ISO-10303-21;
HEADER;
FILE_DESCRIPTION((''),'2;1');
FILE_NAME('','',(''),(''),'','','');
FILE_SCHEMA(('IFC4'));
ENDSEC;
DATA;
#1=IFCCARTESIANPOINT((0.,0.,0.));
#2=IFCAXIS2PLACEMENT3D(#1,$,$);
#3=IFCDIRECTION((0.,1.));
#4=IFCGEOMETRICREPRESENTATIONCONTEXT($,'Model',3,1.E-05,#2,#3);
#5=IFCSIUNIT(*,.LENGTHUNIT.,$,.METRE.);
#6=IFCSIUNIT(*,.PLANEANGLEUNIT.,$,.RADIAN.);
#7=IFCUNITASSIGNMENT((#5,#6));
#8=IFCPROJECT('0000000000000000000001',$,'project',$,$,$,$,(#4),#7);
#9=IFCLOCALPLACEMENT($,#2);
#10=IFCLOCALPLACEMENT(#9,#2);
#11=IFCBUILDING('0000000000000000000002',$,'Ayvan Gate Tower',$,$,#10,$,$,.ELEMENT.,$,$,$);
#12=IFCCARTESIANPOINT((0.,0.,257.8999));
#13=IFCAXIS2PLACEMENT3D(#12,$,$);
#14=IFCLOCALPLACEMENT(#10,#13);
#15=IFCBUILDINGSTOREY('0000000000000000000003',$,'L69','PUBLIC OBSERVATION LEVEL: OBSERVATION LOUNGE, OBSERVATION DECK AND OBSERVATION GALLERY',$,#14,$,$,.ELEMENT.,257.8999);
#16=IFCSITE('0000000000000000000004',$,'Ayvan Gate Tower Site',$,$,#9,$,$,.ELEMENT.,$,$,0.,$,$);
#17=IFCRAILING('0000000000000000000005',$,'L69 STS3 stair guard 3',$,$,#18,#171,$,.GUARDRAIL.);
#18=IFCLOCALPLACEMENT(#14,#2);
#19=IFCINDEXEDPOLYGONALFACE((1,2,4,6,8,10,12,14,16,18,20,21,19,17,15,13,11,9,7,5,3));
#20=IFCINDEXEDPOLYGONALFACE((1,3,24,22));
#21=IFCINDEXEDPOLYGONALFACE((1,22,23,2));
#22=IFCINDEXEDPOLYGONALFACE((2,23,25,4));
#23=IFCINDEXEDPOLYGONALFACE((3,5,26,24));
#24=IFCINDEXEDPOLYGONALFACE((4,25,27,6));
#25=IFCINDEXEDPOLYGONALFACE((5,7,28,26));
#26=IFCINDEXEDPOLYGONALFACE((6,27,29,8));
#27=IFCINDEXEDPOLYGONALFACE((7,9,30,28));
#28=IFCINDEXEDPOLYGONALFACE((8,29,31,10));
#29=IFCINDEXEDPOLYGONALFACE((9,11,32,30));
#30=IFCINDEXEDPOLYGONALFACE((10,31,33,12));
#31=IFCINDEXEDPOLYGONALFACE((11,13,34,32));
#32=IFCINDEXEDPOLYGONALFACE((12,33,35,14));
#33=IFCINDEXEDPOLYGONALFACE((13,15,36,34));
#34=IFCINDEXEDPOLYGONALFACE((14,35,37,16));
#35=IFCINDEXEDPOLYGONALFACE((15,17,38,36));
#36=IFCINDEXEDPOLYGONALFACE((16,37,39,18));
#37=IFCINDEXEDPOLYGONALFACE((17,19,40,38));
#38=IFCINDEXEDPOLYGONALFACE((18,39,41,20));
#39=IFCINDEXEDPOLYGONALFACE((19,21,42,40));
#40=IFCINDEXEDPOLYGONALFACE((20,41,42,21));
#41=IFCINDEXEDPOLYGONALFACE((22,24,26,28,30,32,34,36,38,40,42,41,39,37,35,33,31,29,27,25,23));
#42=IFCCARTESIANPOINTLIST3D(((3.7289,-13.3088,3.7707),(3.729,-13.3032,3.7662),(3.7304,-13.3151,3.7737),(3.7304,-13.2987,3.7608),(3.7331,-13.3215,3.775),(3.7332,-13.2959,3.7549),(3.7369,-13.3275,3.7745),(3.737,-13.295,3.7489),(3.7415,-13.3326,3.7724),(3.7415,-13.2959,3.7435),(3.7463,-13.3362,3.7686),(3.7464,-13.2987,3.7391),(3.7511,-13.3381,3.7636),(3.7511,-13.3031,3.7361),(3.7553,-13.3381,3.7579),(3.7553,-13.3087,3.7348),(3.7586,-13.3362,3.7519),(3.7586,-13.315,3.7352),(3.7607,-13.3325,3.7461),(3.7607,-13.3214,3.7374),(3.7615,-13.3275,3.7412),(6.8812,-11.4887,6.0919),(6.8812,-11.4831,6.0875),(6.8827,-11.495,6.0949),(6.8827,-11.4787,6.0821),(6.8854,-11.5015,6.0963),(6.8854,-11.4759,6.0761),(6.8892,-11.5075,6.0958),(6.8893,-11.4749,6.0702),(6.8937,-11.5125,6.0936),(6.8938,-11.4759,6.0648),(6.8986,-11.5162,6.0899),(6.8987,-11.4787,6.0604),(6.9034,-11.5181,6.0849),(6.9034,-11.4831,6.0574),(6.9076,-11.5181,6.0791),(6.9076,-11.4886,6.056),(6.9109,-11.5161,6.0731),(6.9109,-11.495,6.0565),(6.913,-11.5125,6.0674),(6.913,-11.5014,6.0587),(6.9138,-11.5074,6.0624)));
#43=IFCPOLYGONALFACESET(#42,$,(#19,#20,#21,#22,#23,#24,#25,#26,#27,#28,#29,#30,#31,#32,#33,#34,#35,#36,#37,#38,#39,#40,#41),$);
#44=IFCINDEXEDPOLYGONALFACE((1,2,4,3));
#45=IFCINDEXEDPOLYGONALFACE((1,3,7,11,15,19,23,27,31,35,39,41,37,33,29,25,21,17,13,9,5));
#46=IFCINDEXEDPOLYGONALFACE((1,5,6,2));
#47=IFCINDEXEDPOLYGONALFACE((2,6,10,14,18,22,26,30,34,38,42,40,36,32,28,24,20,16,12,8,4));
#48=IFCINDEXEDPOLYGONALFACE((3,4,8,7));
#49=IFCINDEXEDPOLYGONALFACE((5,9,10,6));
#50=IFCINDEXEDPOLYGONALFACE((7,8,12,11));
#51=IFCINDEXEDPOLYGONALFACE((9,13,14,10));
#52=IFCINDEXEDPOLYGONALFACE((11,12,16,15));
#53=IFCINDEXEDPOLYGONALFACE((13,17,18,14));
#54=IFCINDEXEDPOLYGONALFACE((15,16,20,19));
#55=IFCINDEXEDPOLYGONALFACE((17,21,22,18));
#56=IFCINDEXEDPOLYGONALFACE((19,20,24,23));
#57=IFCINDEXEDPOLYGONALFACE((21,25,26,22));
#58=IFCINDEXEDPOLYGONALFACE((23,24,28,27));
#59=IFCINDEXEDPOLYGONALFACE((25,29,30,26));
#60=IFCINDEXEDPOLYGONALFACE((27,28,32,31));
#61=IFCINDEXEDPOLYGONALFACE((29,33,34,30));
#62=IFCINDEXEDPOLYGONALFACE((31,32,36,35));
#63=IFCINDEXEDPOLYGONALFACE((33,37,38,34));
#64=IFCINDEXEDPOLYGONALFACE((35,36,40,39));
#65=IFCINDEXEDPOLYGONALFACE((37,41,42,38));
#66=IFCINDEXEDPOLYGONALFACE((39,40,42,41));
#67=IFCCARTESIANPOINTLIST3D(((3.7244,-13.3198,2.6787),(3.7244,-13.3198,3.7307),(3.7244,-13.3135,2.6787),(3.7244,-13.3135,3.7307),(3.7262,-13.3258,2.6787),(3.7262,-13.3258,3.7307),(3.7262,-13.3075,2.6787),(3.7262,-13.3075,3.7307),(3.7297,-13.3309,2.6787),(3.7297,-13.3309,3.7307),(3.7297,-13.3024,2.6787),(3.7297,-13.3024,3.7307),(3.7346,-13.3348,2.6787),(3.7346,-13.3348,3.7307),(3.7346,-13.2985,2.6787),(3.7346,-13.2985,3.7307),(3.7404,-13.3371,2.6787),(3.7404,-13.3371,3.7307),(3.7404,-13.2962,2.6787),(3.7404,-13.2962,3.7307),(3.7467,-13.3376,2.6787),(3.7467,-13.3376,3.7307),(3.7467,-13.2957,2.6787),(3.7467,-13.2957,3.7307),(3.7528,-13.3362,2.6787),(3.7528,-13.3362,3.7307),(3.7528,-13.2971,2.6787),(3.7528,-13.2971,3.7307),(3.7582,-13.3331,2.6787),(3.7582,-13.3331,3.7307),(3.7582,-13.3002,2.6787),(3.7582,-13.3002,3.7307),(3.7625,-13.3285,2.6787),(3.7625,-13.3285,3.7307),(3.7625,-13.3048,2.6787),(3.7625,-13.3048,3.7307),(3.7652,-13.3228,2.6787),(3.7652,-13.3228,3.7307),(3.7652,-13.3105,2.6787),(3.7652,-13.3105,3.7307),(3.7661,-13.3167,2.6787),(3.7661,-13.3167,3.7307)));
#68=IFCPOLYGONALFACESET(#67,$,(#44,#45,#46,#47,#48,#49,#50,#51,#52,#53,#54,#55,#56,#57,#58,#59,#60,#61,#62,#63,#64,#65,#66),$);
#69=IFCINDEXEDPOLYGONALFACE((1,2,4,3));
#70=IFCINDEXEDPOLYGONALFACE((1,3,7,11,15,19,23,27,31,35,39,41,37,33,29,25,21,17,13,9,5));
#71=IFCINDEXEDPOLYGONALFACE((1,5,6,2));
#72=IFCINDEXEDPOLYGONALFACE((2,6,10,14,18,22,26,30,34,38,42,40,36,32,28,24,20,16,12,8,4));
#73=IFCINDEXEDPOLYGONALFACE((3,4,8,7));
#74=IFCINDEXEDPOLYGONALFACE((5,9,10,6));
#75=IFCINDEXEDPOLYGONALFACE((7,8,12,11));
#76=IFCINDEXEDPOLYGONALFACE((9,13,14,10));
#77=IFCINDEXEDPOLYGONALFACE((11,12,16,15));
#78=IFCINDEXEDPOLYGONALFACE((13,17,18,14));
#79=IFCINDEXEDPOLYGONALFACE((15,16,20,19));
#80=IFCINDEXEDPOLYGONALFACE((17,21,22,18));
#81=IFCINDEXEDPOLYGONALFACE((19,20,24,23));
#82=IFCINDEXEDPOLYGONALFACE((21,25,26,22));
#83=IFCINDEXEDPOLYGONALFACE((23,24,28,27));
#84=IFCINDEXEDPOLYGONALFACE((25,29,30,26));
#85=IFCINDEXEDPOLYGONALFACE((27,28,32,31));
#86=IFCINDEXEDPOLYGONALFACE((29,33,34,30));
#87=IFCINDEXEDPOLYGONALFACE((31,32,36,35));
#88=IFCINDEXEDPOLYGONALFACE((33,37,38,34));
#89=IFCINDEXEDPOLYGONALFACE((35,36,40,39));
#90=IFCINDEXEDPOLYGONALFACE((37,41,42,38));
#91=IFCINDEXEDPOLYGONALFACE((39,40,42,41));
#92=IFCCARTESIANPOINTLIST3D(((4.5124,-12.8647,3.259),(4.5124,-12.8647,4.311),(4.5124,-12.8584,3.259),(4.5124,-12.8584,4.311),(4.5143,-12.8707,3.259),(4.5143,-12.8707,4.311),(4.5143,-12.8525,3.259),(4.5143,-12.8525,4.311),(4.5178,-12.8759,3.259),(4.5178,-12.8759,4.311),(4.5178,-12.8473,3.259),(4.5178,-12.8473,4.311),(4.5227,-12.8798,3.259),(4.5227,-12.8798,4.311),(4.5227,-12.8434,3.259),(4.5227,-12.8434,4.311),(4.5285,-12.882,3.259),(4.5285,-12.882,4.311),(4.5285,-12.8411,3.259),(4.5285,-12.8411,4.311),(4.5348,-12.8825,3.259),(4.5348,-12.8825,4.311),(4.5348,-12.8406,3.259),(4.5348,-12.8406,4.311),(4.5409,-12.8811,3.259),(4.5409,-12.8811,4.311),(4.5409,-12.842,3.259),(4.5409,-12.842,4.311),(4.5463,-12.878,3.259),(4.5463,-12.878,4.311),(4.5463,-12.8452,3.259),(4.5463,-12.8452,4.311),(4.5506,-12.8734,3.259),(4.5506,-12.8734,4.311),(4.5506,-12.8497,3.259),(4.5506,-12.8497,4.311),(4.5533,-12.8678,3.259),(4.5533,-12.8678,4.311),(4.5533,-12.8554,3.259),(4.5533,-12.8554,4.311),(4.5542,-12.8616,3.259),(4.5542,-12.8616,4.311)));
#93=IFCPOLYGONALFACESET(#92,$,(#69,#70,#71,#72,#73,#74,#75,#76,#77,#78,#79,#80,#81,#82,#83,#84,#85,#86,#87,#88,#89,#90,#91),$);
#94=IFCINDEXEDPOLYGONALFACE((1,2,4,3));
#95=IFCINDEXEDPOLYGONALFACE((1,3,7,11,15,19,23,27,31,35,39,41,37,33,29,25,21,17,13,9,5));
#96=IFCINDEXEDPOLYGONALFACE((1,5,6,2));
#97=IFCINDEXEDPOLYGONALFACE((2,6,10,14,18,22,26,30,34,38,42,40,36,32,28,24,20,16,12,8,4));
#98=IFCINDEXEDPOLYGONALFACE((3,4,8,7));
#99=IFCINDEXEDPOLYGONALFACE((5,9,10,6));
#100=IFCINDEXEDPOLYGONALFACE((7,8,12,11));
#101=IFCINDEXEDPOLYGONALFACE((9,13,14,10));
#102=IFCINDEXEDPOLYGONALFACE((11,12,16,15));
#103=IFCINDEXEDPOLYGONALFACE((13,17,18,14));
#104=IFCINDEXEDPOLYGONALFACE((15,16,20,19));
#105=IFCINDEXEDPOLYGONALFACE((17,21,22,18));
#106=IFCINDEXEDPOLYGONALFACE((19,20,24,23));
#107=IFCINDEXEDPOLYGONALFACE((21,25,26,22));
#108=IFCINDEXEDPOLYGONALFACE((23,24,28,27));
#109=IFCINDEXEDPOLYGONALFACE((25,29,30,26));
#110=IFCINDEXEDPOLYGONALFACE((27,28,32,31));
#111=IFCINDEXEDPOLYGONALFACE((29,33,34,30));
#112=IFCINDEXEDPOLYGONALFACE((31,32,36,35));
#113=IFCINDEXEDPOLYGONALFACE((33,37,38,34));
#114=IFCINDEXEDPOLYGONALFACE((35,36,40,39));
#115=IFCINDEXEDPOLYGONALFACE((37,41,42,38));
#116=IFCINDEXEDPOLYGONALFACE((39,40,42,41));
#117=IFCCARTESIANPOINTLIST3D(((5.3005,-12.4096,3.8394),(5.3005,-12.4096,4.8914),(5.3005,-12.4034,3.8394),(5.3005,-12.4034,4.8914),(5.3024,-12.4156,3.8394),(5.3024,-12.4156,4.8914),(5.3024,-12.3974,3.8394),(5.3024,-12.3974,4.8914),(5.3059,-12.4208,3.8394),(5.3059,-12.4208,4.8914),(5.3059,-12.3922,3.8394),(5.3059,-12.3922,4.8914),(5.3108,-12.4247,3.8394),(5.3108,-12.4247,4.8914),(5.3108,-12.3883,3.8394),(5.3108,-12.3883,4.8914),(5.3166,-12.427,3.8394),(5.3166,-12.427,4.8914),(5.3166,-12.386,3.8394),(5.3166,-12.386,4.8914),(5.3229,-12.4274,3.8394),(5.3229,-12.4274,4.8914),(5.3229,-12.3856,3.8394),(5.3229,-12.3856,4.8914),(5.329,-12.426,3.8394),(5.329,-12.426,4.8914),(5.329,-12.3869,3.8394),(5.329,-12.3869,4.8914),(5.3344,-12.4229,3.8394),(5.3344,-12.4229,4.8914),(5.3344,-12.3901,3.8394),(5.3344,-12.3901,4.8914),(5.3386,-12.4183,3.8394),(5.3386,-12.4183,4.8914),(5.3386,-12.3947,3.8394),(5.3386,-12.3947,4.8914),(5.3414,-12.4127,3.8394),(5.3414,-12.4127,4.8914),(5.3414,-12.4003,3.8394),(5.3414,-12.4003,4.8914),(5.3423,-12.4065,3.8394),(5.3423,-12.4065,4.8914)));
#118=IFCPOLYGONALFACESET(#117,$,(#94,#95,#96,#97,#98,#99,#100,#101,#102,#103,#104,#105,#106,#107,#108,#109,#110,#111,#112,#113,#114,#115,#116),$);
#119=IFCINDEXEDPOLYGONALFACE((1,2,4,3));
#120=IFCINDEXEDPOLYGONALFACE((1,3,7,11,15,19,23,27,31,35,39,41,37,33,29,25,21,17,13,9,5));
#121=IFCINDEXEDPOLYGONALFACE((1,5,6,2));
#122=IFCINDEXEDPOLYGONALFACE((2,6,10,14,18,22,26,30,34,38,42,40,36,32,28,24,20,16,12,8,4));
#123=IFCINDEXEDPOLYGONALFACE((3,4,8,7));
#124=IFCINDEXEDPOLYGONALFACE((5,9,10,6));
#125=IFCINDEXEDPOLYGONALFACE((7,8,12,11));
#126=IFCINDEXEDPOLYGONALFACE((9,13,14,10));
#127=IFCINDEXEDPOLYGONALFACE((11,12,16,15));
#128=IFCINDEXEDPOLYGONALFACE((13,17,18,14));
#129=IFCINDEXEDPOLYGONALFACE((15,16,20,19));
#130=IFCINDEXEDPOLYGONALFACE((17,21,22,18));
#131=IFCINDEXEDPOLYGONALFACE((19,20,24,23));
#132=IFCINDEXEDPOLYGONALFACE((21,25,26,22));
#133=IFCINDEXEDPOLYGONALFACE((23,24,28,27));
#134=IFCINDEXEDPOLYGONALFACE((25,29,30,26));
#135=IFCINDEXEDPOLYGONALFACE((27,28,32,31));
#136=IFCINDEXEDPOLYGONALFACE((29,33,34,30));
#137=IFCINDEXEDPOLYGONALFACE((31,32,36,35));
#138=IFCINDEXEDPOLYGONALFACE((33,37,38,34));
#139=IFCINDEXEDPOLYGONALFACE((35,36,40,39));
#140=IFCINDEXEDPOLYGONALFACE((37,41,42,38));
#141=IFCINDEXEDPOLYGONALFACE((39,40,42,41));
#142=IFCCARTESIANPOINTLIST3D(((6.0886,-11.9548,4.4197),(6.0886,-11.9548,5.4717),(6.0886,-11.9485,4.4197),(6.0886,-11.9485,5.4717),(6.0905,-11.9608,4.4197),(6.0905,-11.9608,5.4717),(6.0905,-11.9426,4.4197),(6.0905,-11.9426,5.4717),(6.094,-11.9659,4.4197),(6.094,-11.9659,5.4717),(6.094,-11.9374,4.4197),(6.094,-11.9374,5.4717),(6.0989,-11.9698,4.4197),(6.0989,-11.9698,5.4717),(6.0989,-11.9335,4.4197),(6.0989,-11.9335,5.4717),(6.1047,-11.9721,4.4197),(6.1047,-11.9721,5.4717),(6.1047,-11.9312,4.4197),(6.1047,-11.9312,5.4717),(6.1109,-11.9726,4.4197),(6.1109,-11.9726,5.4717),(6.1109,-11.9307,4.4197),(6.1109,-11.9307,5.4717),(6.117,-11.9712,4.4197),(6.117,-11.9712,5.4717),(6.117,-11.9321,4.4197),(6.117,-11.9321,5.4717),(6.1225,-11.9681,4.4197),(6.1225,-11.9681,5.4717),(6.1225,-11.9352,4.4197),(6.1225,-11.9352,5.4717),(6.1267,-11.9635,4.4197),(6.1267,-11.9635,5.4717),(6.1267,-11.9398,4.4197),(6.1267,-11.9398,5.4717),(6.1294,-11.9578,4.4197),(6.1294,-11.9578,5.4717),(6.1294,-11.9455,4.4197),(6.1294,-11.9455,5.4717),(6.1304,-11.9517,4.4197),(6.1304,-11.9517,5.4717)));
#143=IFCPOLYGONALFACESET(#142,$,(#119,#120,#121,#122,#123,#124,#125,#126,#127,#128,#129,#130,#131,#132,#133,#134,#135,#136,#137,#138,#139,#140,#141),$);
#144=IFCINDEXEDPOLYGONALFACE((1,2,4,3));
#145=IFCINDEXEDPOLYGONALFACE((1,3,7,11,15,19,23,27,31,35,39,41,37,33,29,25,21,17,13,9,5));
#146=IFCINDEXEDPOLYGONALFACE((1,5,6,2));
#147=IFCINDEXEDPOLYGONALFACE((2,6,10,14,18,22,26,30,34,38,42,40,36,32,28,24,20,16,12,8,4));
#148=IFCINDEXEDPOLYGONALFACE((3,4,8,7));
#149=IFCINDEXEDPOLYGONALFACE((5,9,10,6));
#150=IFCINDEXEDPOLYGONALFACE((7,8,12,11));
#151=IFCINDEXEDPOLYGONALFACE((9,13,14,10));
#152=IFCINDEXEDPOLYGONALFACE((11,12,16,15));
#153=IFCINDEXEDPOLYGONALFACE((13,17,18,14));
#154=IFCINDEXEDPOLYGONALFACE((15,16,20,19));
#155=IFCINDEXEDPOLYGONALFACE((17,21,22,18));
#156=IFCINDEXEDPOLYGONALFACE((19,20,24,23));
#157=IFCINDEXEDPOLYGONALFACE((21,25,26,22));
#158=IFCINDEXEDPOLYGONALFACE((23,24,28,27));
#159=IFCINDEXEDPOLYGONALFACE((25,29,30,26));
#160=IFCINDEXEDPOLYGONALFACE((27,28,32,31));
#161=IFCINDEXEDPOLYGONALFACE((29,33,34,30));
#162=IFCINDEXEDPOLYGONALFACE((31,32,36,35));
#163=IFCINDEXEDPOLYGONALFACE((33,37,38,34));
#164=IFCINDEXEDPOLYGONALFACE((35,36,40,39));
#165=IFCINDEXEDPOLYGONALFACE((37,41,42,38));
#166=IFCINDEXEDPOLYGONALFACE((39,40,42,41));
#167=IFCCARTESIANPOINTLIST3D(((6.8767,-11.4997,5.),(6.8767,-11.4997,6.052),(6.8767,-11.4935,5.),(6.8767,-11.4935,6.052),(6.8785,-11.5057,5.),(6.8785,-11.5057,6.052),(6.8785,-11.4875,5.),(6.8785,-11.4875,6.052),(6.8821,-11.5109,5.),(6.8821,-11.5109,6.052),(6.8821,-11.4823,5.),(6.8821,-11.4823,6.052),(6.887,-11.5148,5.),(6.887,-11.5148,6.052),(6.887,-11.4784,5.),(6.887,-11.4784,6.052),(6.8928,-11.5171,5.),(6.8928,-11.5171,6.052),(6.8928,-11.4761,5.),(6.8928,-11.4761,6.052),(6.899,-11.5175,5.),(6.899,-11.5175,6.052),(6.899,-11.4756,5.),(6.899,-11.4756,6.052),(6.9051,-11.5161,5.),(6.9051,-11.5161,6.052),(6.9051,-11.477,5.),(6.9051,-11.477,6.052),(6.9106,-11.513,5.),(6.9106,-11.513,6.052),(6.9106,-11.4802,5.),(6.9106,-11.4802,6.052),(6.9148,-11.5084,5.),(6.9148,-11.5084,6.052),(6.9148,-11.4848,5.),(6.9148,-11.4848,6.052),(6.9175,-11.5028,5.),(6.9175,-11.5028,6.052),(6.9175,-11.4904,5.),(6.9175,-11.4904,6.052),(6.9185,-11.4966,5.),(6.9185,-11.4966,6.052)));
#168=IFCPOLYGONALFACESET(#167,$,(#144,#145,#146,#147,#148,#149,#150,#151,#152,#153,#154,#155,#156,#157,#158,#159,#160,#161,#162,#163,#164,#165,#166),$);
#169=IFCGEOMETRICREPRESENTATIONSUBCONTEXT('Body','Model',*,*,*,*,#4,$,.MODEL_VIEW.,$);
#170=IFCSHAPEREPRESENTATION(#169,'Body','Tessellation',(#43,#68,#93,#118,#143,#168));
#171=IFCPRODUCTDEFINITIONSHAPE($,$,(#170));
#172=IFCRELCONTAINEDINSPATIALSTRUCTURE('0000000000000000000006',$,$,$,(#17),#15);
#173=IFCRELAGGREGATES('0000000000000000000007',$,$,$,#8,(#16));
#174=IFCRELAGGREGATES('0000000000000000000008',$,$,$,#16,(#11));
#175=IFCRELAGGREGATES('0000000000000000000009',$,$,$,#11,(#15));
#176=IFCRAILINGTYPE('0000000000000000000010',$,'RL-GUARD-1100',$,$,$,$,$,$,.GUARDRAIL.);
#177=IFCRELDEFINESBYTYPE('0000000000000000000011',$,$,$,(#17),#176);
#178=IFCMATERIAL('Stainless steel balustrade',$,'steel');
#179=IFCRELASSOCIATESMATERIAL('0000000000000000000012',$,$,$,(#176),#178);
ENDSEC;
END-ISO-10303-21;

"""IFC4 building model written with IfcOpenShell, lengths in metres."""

from ifc_helpers import new_model, si_unit, direction, frame, origin, origin_2d, place, context, subcontext, project, spatial, circle, extrude, material, type_object, element, save


model = new_model("IFC4")

# Units and contexts
model_context = context("Model", 3, precision=1e-05, world=origin(), true_north=direction((0.0, 1.0)))
body_context = subcontext(model_context, "Body", "Model", "MODEL_VIEW")
ifc_project = project(units=[si_unit("LENGTHUNIT", "METRE"), si_unit("PLANEANGLEUNIT", "RADIAN")], contexts=[model_context])

# Site, building, storey
site_placement = place(None, origin())
site = spatial("IfcSite", under=ifc_project, at=site_placement, Name="Ayvan Gate Tower Site", CompositionType="ELEMENT", RefElevation=0.0)
building_placement = place(site_placement, origin())
building = spatial("IfcBuilding", under=site, at=building_placement, Name="Ayvan Gate Tower", CompositionType="ELEMENT")
storey_placement = place(building_placement, frame((0.0, 0.0, 257.8999)))
storey = spatial("IfcBuildingStorey", under=building, at=storey_placement, Name="L69", Description="PUBLIC OBSERVATION LEVEL: OBSERVATION LOUNGE, OBSERVATION DECK AND OBSERVATION GALLERY", CompositionType="ELEMENT", Elevation=257.8999)

# Railing
ifc_material_1 = material(Name="Stainless steel balustrade", Category="steel")
railing_type_1 = type_object("IfcRailingType", Name="RL-GUARD-1100", PredefinedType="GUARDRAIL", material=ifc_material_1)
railing_1_placement = place(storey_placement, frame((3.7451, -13.3167, 2.6787)))
element("IfcRailing", 1, at=railing_1_placement, inside=storey, type_object=railing_type_1, Name="L69 STS3 stair guard 3", PredefinedType="GUARDRAIL", context=body_context, shape_type="SweptSolid", body=[
    extrude(circle(Radius=0.0239, at=origin_2d()), frame((0.0, 0.0, 1.0762), z_axis=(0.730181, 0.421584, 0.537683), x_axis=(-0.500013, 0.866018, 0.0)), (0.0, 0.0, 1.0), 4.3171),
    extrude(circle(Radius=0.021, at=origin_2d()), origin(), (0.0, 0.0, 1.0), 1.052),
    extrude(circle(Radius=0.021, at=origin_2d()), frame((0.7881, 0.4551, 0.5803)), (0.0, 0.0, 1.0), 1.052),
    extrude(circle(Radius=0.021, at=origin_2d()), frame((1.5762, 0.9102, 1.1606)), (0.0, 0.0, 1.0), 1.052),
    extrude(circle(Radius=0.021, at=origin_2d()), frame((2.3643, 1.365, 1.741)), (0.0, 0.0, 1.0), 1.052),
    extrude(circle(Radius=0.021, at=origin_2d()), frame((3.1523, 1.8201, 2.3213)), (0.0, 0.0, 1.0), 1.052),
])

save(model, "model.ifc")
